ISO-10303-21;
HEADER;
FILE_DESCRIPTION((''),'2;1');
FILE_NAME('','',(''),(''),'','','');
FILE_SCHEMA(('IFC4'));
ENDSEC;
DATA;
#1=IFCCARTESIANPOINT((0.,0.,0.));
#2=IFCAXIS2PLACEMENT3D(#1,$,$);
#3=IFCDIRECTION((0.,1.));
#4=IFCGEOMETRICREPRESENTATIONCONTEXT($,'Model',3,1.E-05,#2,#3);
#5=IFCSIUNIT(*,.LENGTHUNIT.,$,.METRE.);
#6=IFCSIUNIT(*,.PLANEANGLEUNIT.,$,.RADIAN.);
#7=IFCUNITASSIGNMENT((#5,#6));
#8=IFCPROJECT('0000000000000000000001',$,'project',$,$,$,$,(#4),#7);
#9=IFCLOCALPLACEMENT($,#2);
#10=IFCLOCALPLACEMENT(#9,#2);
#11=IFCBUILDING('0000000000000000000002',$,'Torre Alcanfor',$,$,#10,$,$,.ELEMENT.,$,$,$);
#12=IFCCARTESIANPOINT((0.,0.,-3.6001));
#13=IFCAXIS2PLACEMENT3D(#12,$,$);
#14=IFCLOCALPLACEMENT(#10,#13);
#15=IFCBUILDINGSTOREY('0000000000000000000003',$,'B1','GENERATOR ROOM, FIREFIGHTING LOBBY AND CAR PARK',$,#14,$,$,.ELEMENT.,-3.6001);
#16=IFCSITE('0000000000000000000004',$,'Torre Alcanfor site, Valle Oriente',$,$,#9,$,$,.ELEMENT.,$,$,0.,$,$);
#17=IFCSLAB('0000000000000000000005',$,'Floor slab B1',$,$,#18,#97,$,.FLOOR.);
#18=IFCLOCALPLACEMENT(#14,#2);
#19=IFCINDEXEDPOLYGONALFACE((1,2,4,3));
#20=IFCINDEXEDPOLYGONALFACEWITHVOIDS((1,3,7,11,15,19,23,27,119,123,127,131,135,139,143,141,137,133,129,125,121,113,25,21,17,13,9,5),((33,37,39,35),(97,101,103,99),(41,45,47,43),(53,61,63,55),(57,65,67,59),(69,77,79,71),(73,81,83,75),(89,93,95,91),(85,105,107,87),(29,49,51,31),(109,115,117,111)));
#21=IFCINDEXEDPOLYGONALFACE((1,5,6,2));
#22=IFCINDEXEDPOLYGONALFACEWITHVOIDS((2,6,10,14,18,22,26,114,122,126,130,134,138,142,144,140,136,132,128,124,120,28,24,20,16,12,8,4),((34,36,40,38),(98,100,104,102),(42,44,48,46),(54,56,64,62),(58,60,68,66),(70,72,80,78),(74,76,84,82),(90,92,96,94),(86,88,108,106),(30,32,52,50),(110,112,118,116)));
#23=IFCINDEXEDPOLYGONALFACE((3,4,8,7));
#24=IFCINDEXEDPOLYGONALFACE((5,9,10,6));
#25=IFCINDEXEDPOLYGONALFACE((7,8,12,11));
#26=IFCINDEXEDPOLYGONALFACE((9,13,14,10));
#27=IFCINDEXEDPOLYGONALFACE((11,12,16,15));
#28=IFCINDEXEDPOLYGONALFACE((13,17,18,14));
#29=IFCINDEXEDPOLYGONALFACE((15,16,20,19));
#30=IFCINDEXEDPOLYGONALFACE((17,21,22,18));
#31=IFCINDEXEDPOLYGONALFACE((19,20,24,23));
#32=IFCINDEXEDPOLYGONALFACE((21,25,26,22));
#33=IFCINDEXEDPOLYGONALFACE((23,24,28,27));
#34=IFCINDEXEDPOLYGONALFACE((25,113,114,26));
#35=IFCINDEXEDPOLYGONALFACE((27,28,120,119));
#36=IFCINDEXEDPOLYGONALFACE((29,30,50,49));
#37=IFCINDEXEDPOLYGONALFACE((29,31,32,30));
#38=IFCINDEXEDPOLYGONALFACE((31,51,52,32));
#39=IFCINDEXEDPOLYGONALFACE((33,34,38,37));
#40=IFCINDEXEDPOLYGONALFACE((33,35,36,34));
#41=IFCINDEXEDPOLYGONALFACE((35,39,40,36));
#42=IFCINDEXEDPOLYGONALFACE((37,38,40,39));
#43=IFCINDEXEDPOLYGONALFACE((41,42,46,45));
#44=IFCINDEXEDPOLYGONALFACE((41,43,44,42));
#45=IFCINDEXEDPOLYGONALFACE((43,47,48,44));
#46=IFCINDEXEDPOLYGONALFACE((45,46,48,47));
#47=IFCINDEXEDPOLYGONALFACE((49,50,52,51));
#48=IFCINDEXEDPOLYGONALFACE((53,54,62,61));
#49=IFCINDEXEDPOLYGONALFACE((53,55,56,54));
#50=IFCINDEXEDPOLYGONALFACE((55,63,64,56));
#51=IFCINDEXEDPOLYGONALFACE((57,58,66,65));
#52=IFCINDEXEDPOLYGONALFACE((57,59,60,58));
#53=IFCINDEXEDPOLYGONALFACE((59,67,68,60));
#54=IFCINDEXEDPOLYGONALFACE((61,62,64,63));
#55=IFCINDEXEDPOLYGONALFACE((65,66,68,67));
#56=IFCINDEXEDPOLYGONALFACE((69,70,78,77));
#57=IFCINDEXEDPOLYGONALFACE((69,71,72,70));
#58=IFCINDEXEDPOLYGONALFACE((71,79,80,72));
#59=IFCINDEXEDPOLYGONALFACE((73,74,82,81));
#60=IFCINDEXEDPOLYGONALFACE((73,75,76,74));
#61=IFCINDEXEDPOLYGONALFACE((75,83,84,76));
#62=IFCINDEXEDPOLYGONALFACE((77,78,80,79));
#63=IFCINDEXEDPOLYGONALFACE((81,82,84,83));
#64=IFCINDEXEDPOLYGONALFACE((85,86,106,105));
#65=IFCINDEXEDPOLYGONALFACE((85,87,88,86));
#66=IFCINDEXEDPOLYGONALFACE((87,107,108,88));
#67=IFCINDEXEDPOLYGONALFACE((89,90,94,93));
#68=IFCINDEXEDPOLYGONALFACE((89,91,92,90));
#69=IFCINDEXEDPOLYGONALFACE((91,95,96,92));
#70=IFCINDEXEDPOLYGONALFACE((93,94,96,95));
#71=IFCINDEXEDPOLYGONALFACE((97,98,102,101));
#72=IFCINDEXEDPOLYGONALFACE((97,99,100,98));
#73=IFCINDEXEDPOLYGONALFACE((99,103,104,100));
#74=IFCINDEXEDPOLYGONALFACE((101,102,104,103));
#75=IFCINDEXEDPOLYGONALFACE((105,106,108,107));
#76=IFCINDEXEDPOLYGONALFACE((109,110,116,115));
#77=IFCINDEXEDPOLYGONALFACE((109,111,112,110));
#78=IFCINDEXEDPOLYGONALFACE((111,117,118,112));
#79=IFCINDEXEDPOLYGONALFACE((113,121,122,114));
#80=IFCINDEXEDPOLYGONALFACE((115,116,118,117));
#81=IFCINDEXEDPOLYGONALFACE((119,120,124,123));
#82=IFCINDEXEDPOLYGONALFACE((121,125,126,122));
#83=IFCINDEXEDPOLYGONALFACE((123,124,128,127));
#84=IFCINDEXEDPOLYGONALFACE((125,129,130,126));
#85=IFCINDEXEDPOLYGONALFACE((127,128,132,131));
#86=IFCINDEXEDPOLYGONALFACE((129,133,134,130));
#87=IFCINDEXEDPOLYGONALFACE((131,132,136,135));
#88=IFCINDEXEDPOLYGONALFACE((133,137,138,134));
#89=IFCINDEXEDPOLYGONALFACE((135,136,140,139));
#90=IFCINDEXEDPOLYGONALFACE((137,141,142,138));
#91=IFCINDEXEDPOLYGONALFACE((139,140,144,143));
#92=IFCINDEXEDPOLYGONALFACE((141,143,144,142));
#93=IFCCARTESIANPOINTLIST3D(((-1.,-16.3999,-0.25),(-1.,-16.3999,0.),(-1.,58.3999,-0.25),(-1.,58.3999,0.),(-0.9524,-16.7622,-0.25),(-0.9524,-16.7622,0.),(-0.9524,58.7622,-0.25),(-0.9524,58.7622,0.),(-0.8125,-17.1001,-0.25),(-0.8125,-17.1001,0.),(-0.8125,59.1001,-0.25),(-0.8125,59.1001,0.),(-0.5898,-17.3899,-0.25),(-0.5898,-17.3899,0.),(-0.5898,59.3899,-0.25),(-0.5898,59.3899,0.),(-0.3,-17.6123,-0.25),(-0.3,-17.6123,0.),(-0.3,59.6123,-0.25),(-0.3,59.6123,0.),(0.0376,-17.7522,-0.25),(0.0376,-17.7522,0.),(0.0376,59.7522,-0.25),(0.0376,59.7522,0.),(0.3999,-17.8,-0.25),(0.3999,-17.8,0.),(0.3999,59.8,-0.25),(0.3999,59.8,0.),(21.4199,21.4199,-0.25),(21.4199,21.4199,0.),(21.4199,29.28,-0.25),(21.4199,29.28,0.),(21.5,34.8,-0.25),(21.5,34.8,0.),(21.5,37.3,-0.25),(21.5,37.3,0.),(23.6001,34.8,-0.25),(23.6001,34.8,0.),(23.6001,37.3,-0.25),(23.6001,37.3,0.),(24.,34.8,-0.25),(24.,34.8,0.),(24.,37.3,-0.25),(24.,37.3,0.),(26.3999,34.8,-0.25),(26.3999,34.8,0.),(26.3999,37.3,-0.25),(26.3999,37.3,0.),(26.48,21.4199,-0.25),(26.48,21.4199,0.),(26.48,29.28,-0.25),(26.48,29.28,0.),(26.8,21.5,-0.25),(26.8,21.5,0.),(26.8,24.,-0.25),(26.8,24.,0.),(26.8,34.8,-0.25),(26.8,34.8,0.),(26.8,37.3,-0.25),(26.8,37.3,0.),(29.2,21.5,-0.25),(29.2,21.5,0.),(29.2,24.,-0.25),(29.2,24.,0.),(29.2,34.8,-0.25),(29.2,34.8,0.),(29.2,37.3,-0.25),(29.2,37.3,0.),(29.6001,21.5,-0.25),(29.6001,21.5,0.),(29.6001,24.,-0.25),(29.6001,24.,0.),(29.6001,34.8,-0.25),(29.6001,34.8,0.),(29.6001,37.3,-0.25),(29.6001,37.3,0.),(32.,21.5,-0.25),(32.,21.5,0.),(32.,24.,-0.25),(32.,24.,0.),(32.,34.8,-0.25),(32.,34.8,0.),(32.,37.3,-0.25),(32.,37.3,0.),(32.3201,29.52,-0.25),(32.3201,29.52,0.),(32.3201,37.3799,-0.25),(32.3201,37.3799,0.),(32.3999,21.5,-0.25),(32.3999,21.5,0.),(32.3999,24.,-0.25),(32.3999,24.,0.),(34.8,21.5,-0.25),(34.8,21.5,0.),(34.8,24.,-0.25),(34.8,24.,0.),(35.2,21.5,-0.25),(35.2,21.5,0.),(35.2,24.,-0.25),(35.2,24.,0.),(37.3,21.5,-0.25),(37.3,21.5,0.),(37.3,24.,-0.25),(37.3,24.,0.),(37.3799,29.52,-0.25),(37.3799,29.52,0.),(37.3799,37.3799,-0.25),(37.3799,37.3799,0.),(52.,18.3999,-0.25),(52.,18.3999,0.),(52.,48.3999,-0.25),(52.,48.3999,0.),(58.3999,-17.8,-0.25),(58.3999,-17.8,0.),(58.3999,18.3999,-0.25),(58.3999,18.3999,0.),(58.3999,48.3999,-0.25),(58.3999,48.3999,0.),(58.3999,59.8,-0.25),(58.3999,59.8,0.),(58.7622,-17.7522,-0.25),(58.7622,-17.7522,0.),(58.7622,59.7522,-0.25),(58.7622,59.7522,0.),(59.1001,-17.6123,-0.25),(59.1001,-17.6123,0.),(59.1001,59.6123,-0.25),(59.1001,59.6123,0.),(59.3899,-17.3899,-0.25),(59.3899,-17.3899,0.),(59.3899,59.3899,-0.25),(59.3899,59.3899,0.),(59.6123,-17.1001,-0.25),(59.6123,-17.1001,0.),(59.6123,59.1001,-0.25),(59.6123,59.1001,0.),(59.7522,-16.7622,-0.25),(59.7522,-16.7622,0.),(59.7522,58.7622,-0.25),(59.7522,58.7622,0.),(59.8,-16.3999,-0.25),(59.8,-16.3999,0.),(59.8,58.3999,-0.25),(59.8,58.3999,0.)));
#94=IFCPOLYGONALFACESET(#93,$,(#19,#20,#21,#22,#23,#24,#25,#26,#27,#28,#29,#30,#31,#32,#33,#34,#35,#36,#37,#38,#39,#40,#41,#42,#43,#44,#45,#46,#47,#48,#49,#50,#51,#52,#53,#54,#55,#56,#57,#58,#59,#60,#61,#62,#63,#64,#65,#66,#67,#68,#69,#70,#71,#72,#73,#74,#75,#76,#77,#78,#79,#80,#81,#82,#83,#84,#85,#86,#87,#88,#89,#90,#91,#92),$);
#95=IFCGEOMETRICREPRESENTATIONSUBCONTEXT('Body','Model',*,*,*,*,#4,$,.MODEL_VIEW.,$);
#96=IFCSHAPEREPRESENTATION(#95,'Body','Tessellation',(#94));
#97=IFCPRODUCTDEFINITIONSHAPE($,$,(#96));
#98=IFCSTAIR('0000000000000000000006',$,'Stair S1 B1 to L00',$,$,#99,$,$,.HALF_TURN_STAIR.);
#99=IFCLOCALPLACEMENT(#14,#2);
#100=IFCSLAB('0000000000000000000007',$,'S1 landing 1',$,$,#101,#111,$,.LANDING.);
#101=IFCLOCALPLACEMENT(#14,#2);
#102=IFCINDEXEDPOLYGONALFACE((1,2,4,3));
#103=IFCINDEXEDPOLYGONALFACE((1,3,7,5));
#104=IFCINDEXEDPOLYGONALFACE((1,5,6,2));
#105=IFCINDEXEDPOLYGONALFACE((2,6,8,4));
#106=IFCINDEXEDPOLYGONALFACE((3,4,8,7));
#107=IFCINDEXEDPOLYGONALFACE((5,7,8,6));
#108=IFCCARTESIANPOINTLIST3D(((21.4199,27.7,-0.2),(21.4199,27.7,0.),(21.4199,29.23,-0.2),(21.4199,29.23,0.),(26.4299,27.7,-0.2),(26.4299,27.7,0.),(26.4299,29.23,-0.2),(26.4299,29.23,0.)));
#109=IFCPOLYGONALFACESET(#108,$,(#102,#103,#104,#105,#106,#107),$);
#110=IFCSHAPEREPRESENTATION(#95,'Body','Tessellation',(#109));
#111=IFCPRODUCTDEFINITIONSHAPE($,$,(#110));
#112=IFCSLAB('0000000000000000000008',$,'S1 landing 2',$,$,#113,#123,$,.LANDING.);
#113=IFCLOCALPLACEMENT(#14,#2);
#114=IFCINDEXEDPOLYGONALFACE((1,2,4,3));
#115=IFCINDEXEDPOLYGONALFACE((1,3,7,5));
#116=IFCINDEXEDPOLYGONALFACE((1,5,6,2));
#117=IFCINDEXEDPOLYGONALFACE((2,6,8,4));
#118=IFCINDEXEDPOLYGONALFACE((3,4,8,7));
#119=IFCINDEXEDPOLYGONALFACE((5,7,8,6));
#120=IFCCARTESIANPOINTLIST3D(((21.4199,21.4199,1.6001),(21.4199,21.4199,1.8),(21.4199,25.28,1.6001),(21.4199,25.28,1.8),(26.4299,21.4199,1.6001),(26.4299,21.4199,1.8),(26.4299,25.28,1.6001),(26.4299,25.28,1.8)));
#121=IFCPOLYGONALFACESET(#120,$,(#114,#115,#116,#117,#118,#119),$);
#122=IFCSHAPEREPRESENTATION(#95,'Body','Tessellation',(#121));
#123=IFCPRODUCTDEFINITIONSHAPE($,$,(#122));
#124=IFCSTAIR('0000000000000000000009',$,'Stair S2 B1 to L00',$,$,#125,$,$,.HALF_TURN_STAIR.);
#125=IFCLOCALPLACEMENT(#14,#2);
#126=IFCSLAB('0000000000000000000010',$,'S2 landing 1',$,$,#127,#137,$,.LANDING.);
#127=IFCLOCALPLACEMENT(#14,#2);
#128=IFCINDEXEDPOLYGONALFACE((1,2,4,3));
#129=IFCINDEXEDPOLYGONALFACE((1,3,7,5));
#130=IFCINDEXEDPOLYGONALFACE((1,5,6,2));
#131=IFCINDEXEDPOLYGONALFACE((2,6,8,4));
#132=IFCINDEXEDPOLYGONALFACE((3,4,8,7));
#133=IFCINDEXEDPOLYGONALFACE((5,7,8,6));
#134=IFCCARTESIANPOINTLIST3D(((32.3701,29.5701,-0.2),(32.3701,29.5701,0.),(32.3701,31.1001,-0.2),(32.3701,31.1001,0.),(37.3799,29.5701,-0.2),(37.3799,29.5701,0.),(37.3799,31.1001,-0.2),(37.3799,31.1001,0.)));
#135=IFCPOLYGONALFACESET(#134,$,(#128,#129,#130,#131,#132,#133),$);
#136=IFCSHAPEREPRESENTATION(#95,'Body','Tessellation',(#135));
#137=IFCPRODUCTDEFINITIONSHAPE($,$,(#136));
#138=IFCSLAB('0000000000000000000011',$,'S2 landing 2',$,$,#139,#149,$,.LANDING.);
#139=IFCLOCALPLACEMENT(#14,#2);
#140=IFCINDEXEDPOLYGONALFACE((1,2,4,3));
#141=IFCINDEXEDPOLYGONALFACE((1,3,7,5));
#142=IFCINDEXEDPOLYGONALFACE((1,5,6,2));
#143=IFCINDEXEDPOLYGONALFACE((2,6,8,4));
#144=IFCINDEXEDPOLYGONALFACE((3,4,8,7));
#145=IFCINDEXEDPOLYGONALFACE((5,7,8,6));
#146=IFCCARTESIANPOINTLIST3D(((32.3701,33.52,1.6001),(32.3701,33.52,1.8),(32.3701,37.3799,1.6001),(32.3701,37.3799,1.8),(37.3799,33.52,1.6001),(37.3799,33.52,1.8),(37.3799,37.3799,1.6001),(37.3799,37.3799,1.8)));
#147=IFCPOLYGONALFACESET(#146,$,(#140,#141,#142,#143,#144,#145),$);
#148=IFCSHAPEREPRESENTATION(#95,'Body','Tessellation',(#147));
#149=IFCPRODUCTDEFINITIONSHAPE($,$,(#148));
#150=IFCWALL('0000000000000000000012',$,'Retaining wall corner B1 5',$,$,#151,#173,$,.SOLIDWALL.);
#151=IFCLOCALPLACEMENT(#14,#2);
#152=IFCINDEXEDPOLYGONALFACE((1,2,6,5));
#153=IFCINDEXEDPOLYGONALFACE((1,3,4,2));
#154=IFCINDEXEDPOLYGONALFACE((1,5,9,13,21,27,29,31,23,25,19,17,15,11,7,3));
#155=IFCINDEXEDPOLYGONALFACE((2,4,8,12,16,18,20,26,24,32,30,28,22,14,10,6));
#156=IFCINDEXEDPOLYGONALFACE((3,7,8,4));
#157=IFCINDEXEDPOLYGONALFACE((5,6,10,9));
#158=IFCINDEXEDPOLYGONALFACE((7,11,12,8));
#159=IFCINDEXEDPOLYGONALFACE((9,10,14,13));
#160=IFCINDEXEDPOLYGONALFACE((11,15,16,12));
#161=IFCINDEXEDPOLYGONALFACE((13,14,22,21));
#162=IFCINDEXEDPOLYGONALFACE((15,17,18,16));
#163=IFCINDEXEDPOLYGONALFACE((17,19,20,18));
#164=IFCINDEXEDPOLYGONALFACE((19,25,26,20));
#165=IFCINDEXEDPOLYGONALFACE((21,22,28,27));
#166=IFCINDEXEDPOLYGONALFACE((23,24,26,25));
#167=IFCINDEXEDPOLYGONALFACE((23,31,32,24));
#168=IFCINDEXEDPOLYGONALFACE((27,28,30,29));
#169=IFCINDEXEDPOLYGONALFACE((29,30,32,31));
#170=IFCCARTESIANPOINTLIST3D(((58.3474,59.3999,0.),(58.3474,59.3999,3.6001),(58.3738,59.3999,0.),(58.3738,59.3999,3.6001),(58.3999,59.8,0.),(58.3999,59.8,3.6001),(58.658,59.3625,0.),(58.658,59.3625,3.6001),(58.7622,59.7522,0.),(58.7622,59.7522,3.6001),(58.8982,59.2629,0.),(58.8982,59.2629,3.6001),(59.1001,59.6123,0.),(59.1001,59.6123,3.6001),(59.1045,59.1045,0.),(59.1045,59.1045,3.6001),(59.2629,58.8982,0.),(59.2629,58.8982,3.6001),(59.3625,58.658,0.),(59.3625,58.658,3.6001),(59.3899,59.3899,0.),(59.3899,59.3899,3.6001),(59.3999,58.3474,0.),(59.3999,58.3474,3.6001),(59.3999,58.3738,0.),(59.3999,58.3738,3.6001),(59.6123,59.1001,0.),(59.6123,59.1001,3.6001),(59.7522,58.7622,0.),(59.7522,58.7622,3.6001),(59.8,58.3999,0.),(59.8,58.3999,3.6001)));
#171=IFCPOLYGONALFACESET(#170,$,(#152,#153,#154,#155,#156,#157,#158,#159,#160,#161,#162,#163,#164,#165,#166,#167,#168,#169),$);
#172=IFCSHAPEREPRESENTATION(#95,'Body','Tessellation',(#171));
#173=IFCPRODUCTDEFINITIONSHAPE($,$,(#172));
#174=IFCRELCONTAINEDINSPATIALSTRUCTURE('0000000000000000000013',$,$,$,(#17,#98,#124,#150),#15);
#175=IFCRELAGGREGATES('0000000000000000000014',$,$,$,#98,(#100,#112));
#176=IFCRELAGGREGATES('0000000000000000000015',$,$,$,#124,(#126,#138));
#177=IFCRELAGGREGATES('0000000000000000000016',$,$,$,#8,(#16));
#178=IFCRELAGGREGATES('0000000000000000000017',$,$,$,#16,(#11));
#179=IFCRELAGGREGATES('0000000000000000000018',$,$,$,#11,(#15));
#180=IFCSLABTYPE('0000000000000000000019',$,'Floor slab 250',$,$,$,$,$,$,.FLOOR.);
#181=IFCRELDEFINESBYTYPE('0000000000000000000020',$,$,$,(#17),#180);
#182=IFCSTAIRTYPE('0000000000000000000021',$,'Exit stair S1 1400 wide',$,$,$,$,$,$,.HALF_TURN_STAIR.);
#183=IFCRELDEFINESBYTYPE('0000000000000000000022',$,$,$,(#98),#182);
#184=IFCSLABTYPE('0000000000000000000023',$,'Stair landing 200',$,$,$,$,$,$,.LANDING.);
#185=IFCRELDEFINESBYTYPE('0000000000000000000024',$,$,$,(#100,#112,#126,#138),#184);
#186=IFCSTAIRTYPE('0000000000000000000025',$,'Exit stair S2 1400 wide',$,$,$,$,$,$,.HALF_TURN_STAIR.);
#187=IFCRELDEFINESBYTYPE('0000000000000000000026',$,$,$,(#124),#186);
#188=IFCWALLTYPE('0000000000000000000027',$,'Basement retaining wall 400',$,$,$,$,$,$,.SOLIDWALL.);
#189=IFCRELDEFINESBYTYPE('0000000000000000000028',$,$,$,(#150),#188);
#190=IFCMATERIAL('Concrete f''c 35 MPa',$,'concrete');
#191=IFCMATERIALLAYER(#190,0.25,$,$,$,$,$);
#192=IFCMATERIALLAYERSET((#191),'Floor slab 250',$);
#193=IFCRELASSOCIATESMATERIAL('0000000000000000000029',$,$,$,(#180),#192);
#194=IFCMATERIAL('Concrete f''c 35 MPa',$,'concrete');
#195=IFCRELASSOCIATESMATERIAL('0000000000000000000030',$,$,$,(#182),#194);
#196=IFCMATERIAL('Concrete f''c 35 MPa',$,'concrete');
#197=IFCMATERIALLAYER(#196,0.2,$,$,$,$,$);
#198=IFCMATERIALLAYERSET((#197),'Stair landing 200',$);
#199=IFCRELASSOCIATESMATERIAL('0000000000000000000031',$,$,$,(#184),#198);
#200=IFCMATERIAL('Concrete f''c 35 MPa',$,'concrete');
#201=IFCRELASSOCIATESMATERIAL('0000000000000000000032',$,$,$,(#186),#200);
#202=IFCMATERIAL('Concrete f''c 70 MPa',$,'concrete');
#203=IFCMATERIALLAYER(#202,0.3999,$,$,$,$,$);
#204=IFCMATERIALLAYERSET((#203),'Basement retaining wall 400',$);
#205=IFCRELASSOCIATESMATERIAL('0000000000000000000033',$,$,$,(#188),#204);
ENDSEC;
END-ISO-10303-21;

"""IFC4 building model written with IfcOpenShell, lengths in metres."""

from ifc_helpers import new_model, si_unit, direction, frame, origin, place, context, subcontext, project, spatial, polyline, outline, extrude, material, layer, layer_set, type_object, element, aggregate, save


model = new_model("IFC4")

# Units and contexts
model_context = context("Model", 3, precision=1e-05, world=origin(), true_north=direction((0.0, 1.0)))
body_context = subcontext(model_context, "Body", "Model", "MODEL_VIEW")
ifc_project = project(units=[si_unit("LENGTHUNIT", "METRE"), si_unit("PLANEANGLEUNIT", "RADIAN")], contexts=[model_context])

# Site, building, storey
site_placement = place(None, origin())
site = spatial("IfcSite", under=ifc_project, at=site_placement, Name="Torre Alcanfor site, Valle Oriente", CompositionType="ELEMENT", RefElevation=0.0)
building_placement = place(site_placement, origin())
building = spatial("IfcBuilding", under=site, at=building_placement, Name="Torre Alcanfor", CompositionType="ELEMENT")
storey_placement = place(building_placement, frame((0.0, 0.0, -3.6001)))
storey = spatial("IfcBuildingStorey", under=building, at=storey_placement, Name="B1", Description="GENERATOR ROOM, FIREFIGHTING LOBBY AND CAR PARK", CompositionType="ELEMENT", Elevation=-3.6001)

# Slab
ifc_material_1 = material(Name="Concrete f'c 35 MPa", Category="concrete")
ifc_layer_1 = layer(ifc_material_1, 0.25)
ifc_layer_set_1 = layer_set([ifc_layer_1], Name="Floor slab 250")
slab_type_1 = type_object("IfcSlabType", Name="Floor slab 250", PredefinedType="FLOOR", material=ifc_layer_set_1)
slab_1_placement = place(storey_placement, frame((0.0, 0.0, -0.25)))
element("IfcSlab", 1, at=slab_1_placement, inside=storey, type_object=slab_type_1, Name="Floor slab B1", PredefinedType="FLOOR", context=body_context, shape_type="SweptSolid", body=[
    extrude(outline(polyline([(58.3999, -17.8), (58.7622, -17.7522), (59.1001, -17.6123), (59.3899, -17.3899), (59.6123, -17.1001), (59.7522, -16.7622), (59.8, -16.3999), (59.8, 58.3999), (59.7522, 58.7622), (59.6123, 59.1001), (59.3899, 59.3899), (59.1001, 59.6123), (58.7622, 59.7522), (58.3999, 59.8), (0.3999, 59.8), (0.0376, 59.7522), (-0.3, 59.6123), (-0.5898, 59.3899), (-0.8125, 59.1001), (-0.9524, 58.7622), (-1.0, 58.3999), (-1.0, -16.3999), (-0.9524, -16.7622), (-0.8125, -17.1001), (-0.5898, -17.3899), (-0.3, -17.6123), (0.0376, -17.7522), (0.3999, -17.8), (58.3999, -17.8)]), holes=[polyline([(21.4199, 21.4199), (26.48, 21.4199), (26.48, 29.28), (21.4199, 29.28), (21.4199, 21.4199)]), polyline([(32.3201, 29.52), (37.3799, 29.52), (37.3799, 37.3799), (32.3201, 37.3799), (32.3201, 29.52)]), polyline([(26.8, 21.5), (29.2, 21.5), (29.2, 24.0), (26.8, 24.0), (26.8, 21.5)]), polyline([(29.6001, 21.5), (32.0, 21.5), (32.0, 24.0), (29.6001, 24.0), (29.6001, 21.5)]), polyline([(32.3999, 21.5), (34.8, 21.5), (34.8, 24.0), (32.3999, 24.0), (32.3999, 21.5)]), polyline([(35.2, 21.5), (37.3, 21.5), (37.3, 24.0), (35.2, 24.0), (35.2, 21.5)]), polyline([(21.5, 34.8), (23.6001, 34.8), (23.6001, 37.3), (21.5, 37.3), (21.5, 34.8)]), polyline([(24.0, 34.8), (26.3999, 34.8), (26.3999, 37.3), (24.0, 37.3), (24.0, 34.8)]), polyline([(26.8, 34.8), (29.2, 34.8), (29.2, 37.3), (26.8, 37.3), (26.8, 34.8)]), polyline([(29.6001, 34.8), (32.0, 34.8), (32.0, 37.3), (29.6001, 37.3), (29.6001, 34.8)]), polyline([(52.0, 18.3999), (58.3999, 18.3999), (58.3999, 48.3999), (52.0, 48.3999), (52.0, 18.3999)])]), origin(), (0.0, 0.0, 1.0), 0.25),
])

# Stairs, slabs
ifc_material_2 = material(Name="Concrete f'c 35 MPa", Category="concrete")
stair_type_1 = type_object("IfcStairType", Name="Exit stair S1 1400 wide", PredefinedType="HALF_TURN_STAIR", material=ifc_material_2)
stair_1_placement = place(storey_placement, origin())
stair_1 = element("IfcStair", 2, at=stair_1_placement, inside=storey, type_object=stair_type_1, Name="Stair S1 B1 to L00", PredefinedType="HALF_TURN_STAIR")
ifc_material_3 = material(Name="Concrete f'c 35 MPa", Category="concrete")
ifc_layer_2 = layer(ifc_material_3, 0.2)
ifc_layer_set_2 = layer_set([ifc_layer_2], Name="Stair landing 200")
slab_type_2 = type_object("IfcSlabType", Name="Stair landing 200", PredefinedType="LANDING", material=ifc_layer_set_2)
slab_2_placement = place(storey_placement, frame((0.0, 0.0, -0.2)))
slab_2 = element("IfcSlab", 3, at=slab_2_placement, type_object=slab_type_2, Name="S1 landing 1", PredefinedType="LANDING", context=body_context, shape_type="SweptSolid", body=[
    extrude(outline(polyline([(21.4199, 27.7), (26.4299, 27.7), (26.4299, 29.23), (21.4199, 29.23), (21.4199, 27.7)])), origin(), (0.0, 0.0, 1.0), 0.2),
])
slab_3_placement = place(storey_placement, frame((0.0, 0.0, 1.6001)))
slab_3 = element("IfcSlab", 4, at=slab_3_placement, type_object=slab_type_2, Name="S1 landing 2", PredefinedType="LANDING", context=body_context, shape_type="SweptSolid", body=[
    extrude(outline(polyline([(21.4199, 21.4199), (26.4299, 21.4199), (26.4299, 25.28), (21.4199, 25.28), (21.4199, 21.4199)])), origin(), (0.0, 0.0, 1.0), 0.2),
])
aggregate(stair_1, [slab_2, slab_3])
ifc_material_4 = material(Name="Concrete f'c 35 MPa", Category="concrete")
stair_type_2 = type_object("IfcStairType", Name="Exit stair S2 1400 wide", PredefinedType="HALF_TURN_STAIR", material=ifc_material_4)
stair_2_placement = place(storey_placement, origin())
stair_2 = element("IfcStair", 5, at=stair_2_placement, inside=storey, type_object=stair_type_2, Name="Stair S2 B1 to L00", PredefinedType="HALF_TURN_STAIR")
slab_4_placement = place(storey_placement, frame((0.0, 0.0, -0.2)))
slab_4 = element("IfcSlab", 6, at=slab_4_placement, type_object=slab_type_2, Name="S2 landing 1", PredefinedType="LANDING", context=body_context, shape_type="SweptSolid", body=[
    extrude(outline(polyline([(32.3701, 29.5701), (37.3799, 29.5701), (37.3799, 31.1001), (32.3701, 31.1001), (32.3701, 29.5701)])), origin(), (0.0, 0.0, 1.0), 0.2),
])
slab_5_placement = place(storey_placement, frame((0.0, 0.0, 1.6001)))
slab_5 = element("IfcSlab", 7, at=slab_5_placement, type_object=slab_type_2, Name="S2 landing 2", PredefinedType="LANDING", context=body_context, shape_type="SweptSolid", body=[
    extrude(outline(polyline([(32.3701, 33.52), (37.3799, 33.52), (37.3799, 37.3799), (32.3701, 37.3799), (32.3701, 33.52)])), origin(), (0.0, 0.0, 1.0), 0.2),
])
aggregate(stair_2, [slab_4, slab_5])

# Wall
ifc_material_5 = material(Name="Concrete f'c 70 MPa", Category="concrete")
ifc_layer_3 = layer(ifc_material_5, 0.3999)
ifc_layer_set_3 = layer_set([ifc_layer_3], Name="Basement retaining wall 400")
wall_type = type_object("IfcWallType", Name="Basement retaining wall 400", PredefinedType="SOLIDWALL", material=ifc_layer_set_3)
wall_1_placement = place(storey_placement, origin())
element("IfcWall", 8, at=wall_1_placement, inside=storey, type_object=wall_type, Name="Retaining wall corner B1 5", PredefinedType="SOLIDWALL", context=body_context, shape_type="SweptSolid", body=[
    extrude(outline(polyline([(58.3999, 59.8), (58.3474, 59.3999), (58.3738, 59.3999), (58.658, 59.3625), (58.8982, 59.2629), (59.1045, 59.1045), (59.2629, 58.8982), (59.3625, 58.658), (59.3999, 58.3738), (59.3999, 58.3474), (59.8, 58.3999), (59.7522, 58.7622), (59.6123, 59.1001), (59.3899, 59.3899), (59.1001, 59.6123), (58.7622, 59.7522), (58.3999, 59.8)])), origin(), (0.0, 0.0, 1.0), 3.6001),
])

save(model, "model.ifc")
